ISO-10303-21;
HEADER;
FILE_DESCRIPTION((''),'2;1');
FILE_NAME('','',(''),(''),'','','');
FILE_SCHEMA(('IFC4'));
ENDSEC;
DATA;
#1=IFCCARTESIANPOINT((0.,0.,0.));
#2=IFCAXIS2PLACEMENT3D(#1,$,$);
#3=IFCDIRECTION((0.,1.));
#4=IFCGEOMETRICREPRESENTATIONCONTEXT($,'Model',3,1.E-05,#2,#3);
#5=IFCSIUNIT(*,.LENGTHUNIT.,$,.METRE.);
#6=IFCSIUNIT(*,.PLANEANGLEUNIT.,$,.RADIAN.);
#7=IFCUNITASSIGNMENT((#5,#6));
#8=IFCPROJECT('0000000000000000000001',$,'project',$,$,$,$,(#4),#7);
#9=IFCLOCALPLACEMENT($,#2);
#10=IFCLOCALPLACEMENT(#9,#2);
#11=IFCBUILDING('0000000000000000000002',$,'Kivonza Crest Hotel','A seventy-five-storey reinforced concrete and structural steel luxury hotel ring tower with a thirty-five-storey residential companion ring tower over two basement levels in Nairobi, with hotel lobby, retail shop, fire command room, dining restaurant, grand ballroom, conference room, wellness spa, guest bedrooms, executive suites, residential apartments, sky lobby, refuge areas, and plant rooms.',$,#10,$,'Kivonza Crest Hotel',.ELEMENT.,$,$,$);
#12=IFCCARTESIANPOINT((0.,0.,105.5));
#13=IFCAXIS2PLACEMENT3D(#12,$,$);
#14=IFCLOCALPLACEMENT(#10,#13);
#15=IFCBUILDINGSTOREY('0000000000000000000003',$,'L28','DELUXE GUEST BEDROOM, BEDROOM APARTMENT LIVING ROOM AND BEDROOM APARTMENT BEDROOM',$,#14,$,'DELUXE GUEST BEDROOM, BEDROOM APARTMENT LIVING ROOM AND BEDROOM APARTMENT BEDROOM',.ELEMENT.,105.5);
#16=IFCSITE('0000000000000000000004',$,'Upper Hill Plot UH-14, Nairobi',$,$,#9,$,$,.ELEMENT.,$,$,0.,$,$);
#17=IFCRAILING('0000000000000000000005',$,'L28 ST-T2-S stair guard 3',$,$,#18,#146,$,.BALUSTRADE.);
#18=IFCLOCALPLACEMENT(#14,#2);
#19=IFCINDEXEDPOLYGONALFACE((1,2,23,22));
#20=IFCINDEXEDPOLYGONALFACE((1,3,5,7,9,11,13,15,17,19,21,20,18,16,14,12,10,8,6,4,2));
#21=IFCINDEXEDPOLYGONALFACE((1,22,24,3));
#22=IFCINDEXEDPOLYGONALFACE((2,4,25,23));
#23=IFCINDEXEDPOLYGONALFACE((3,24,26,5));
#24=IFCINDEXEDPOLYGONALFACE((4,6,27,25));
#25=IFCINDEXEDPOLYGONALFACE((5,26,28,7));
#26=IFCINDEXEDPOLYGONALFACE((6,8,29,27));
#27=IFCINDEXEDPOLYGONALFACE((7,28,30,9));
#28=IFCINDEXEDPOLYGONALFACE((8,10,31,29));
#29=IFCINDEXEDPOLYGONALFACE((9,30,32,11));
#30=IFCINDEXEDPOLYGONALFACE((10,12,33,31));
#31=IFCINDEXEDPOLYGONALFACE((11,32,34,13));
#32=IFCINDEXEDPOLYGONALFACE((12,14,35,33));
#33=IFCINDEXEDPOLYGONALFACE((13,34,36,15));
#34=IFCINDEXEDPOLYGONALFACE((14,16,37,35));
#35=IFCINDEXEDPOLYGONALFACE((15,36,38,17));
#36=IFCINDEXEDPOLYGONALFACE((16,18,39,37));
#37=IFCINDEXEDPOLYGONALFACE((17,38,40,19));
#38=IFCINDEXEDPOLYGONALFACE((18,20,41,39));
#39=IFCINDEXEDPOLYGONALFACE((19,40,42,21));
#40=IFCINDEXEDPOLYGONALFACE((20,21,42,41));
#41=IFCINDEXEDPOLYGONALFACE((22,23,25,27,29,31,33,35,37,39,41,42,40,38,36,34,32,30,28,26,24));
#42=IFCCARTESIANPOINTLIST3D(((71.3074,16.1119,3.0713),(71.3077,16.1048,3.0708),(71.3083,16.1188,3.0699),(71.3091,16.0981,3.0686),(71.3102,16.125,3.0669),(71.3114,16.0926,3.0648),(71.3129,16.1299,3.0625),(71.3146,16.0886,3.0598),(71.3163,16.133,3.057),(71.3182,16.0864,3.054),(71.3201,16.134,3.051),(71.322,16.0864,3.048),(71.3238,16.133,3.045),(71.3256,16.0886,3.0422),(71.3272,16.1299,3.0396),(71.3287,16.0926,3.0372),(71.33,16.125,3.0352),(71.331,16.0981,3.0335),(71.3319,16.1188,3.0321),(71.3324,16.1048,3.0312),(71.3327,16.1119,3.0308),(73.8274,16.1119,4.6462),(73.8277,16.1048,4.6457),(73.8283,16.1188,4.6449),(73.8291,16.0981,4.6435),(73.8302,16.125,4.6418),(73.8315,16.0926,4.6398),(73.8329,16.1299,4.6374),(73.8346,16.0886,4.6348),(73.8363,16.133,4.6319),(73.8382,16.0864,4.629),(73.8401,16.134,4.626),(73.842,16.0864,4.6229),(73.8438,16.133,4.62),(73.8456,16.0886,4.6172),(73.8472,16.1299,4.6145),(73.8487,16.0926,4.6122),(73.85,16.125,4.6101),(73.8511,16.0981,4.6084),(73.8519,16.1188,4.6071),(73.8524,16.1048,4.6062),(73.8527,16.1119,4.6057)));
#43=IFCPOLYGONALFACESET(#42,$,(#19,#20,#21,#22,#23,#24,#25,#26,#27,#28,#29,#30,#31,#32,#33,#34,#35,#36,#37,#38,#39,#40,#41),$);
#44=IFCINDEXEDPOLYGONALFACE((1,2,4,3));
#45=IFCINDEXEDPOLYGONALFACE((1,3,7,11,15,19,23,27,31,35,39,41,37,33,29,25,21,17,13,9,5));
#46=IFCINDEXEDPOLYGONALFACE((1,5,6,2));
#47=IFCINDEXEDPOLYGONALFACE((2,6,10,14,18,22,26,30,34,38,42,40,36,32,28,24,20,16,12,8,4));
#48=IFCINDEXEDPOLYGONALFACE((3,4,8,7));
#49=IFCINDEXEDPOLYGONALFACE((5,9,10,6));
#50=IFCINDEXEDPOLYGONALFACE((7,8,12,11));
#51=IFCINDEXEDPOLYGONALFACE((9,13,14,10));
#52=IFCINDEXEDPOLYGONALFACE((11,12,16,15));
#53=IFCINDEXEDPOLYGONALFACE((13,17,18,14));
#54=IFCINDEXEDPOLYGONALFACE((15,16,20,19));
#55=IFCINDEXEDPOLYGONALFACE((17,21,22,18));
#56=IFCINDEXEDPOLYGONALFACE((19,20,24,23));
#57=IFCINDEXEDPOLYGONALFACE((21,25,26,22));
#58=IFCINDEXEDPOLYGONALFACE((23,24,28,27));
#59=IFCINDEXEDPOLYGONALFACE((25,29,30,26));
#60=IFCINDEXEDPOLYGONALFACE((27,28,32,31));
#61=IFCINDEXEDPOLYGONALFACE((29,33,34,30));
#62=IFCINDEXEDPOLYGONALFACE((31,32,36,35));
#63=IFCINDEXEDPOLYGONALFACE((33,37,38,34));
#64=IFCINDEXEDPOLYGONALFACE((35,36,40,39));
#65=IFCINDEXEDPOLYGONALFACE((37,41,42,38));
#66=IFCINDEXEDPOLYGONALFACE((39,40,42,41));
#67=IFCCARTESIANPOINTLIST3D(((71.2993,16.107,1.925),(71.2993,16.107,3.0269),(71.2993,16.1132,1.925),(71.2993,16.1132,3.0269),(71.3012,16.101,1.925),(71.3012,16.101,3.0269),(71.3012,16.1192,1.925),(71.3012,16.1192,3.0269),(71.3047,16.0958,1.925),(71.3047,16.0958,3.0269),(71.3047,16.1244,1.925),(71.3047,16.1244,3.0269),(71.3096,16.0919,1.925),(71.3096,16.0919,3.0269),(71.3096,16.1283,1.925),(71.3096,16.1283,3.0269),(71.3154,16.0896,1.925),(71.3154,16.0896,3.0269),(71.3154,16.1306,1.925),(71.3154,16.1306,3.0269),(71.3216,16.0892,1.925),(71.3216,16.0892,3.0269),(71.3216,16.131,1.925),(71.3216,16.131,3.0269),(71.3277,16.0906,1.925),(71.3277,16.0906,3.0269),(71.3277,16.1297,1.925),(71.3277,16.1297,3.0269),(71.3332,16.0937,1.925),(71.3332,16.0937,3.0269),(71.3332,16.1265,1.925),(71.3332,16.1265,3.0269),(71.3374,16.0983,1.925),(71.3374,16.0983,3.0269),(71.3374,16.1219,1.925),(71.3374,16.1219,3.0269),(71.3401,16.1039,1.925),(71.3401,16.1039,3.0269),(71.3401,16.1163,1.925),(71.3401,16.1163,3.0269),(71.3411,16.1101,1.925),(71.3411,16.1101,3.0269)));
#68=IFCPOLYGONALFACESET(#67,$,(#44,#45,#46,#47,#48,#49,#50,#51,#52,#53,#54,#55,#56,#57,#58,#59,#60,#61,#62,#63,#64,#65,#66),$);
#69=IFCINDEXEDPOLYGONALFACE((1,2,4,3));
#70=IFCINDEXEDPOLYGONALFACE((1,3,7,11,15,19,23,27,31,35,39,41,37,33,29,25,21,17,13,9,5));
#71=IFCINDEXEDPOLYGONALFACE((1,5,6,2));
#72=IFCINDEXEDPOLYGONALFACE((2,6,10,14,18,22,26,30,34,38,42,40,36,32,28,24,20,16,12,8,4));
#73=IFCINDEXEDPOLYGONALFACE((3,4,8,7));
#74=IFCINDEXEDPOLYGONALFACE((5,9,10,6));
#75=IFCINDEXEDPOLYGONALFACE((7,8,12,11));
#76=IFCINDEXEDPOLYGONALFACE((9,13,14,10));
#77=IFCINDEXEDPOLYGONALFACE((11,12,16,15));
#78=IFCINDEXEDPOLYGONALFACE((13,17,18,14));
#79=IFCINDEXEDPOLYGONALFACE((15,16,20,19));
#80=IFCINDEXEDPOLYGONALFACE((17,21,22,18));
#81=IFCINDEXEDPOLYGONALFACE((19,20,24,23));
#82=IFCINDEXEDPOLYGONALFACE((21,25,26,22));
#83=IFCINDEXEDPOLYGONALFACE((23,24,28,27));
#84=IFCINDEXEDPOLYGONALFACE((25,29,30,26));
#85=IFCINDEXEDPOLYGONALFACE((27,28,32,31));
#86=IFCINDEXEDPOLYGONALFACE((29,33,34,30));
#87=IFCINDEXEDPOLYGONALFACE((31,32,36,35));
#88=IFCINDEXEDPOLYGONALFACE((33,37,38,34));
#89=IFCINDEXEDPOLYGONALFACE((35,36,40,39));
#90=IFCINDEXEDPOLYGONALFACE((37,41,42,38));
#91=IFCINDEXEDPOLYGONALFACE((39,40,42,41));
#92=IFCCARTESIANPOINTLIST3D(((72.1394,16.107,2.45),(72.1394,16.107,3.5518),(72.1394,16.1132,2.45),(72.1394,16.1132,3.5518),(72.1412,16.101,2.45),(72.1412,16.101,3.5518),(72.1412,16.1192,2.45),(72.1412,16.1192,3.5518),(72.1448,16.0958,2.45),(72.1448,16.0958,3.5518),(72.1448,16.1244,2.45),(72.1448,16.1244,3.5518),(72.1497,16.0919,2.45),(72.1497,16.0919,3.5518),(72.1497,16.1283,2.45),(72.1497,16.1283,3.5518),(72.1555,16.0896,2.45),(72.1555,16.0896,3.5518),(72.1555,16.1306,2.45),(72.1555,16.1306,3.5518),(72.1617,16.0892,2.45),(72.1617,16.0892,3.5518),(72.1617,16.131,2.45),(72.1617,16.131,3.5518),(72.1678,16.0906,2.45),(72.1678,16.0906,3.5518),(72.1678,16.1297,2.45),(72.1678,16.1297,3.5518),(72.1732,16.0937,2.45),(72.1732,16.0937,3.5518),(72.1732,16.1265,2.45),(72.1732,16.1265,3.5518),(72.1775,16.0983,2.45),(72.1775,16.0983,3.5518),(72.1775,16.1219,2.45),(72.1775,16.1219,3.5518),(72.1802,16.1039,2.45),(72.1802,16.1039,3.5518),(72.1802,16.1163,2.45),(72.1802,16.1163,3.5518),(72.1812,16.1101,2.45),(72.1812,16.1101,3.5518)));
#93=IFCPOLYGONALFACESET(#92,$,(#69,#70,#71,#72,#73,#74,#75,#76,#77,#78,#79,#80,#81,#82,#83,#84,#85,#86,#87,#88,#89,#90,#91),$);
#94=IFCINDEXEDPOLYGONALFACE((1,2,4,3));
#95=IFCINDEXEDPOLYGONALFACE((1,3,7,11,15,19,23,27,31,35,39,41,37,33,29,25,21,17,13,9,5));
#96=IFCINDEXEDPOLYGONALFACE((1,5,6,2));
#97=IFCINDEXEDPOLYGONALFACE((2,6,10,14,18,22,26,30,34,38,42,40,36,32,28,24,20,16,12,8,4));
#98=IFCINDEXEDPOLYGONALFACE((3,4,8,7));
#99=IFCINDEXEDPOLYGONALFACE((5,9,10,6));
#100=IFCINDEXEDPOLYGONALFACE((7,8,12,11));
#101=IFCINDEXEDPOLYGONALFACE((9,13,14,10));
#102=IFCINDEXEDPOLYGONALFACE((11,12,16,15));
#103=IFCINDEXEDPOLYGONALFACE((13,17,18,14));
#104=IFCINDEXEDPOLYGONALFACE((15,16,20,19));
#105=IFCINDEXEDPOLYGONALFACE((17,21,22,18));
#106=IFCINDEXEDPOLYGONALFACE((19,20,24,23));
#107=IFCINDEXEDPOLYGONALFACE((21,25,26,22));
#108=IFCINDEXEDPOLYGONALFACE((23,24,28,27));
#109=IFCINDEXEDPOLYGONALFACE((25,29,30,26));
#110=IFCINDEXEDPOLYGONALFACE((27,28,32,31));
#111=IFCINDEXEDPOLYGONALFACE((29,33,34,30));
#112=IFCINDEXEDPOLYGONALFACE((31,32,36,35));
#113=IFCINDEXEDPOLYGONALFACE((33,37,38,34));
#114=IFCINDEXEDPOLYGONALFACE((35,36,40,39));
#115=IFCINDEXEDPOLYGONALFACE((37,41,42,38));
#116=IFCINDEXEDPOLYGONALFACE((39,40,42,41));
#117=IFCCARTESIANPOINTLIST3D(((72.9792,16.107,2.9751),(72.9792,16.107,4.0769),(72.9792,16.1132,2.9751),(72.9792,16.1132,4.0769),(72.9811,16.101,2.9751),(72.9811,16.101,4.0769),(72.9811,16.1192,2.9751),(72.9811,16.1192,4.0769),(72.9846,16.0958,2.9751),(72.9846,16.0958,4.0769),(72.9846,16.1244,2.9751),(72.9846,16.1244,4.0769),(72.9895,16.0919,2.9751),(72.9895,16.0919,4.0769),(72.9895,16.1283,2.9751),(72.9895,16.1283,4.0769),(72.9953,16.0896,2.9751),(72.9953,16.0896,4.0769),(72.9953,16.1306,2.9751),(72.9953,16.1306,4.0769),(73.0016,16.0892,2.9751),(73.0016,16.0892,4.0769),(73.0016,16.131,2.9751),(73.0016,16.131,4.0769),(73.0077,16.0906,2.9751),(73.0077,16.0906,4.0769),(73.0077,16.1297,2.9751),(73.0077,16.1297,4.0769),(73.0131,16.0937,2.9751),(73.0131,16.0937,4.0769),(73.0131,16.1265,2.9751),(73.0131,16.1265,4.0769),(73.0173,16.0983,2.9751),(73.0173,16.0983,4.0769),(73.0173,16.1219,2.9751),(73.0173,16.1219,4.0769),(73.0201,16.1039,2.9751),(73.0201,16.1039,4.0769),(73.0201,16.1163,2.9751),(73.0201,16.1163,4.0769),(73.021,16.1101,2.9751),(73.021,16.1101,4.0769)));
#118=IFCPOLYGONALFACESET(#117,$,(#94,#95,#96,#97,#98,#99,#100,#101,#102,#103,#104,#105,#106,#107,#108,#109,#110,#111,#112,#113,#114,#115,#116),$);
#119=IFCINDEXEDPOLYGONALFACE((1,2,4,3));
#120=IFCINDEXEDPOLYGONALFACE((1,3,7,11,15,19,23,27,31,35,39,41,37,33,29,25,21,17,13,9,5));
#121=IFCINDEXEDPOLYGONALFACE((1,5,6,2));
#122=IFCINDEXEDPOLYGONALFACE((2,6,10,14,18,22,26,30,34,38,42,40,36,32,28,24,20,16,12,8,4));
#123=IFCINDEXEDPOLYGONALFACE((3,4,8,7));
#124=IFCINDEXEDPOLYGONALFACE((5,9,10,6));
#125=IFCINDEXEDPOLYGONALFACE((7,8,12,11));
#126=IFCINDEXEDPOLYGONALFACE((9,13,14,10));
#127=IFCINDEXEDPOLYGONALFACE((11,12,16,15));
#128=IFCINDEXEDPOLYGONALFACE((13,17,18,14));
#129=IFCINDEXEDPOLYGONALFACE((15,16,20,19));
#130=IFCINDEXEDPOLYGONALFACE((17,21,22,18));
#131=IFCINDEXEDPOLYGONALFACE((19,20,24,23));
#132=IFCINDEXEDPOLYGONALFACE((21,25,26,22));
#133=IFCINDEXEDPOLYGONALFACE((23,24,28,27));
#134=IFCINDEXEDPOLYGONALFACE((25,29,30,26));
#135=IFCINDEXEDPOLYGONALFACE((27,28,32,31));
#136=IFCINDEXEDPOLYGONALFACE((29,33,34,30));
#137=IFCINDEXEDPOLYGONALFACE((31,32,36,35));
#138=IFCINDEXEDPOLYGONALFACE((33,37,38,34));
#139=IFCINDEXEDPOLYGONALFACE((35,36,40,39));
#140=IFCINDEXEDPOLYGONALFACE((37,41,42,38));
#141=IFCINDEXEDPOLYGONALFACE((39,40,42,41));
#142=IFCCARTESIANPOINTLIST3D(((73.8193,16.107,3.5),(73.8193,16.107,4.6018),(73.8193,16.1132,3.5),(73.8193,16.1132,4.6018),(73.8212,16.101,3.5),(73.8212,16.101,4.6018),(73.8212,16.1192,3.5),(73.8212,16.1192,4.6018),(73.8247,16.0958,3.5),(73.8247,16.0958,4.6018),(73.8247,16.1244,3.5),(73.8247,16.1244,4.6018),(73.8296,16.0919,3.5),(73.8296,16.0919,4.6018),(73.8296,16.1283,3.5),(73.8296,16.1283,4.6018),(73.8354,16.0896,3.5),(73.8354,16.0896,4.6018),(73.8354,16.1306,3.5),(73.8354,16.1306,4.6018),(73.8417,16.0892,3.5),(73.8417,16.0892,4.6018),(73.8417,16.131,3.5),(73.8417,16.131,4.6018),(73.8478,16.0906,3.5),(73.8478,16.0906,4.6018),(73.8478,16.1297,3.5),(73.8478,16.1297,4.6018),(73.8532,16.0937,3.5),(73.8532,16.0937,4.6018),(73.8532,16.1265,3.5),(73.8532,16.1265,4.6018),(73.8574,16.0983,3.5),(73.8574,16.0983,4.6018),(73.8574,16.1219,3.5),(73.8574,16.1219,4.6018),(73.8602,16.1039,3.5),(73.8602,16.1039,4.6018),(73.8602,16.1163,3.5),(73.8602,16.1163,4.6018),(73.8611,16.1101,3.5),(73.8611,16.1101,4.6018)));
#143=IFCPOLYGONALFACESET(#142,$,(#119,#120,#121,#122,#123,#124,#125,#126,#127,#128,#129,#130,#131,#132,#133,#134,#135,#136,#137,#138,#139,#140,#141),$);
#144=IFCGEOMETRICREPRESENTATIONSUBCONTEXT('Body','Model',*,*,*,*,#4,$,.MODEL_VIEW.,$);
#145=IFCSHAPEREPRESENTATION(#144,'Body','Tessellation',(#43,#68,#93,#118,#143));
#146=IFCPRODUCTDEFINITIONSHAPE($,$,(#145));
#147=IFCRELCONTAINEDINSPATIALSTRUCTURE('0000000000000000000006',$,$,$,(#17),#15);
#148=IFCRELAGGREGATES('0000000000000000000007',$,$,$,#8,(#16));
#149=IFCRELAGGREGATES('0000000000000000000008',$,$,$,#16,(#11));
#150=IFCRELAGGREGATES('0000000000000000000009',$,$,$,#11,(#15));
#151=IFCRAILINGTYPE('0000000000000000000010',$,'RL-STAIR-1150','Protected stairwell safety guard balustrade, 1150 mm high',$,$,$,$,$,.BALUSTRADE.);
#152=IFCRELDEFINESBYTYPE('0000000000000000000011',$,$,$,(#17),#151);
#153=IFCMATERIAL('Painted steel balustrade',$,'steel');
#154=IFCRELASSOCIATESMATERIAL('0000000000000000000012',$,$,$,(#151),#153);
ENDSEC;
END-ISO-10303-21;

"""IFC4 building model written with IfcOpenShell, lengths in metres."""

from ifc_helpers import new_model, si_unit, direction, frame, origin, origin_2d, place, context, subcontext, project, spatial, circle, extrude, material, type_object, element, save


model = new_model("IFC4")

# Units and contexts
model_context = context("Model", 3, precision=1e-05, world=origin(), true_north=direction((0.0, 1.0)))
body_context = subcontext(model_context, "Body", "Model", "MODEL_VIEW")
ifc_project = project(units=[si_unit("LENGTHUNIT", "METRE"), si_unit("PLANEANGLEUNIT", "RADIAN")], contexts=[model_context])

# Site, building, storey
site_placement = place(None, origin())
site = spatial("IfcSite", under=ifc_project, at=site_placement, Name="Upper Hill Plot UH-14, Nairobi", CompositionType="ELEMENT", RefElevation=0.0)
building_placement = place(site_placement, origin())
building = spatial("IfcBuilding", under=site, at=building_placement, Name="Kivonza Crest Hotel", Description="A seventy-five-storey reinforced concrete and structural steel luxury hotel ring tower with a thirty-five-storey residential companion ring tower over two basement levels in Nairobi, with hotel lobby, retail shop, fire command room, dining restaurant, grand ballroom, conference room, wellness spa, guest bedrooms, executive suites, residential apartments, sky lobby, refuge areas, and plant rooms.", LongName="Kivonza Crest Hotel", CompositionType="ELEMENT")
storey_placement = place(building_placement, frame((0.0, 0.0, 105.5)))
storey = spatial("IfcBuildingStorey", under=building, at=storey_placement, Name="L28", Description="DELUXE GUEST BEDROOM, BEDROOM APARTMENT LIVING ROOM AND BEDROOM APARTMENT BEDROOM", LongName="DELUXE GUEST BEDROOM, BEDROOM APARTMENT LIVING ROOM AND BEDROOM APARTMENT BEDROOM", CompositionType="ELEMENT", Elevation=105.5)

# Railing
ifc_material_1 = material(Name="Painted steel balustrade", Category="steel")
railing_type_1 = type_object("IfcRailingType", Name="RL-STAIR-1150", Description="Protected stairwell safety guard balustrade, 1150 mm high", PredefinedType="BALUSTRADE", material=ifc_material_1)
railing_1_placement = place(storey_placement, frame((71.3201, 16.1101, 1.925)))
element("IfcRailing", 1, at=railing_1_placement, inside=storey, type_object=railing_type_1, Name="L28 ST-T2-S stair guard 3", PredefinedType="BALUSTRADE", context=body_context, shape_type="SweptSolid", body=[
    extrude(circle(Radius=0.0239, at=origin_2d()), frame((0.0, 0.0, 1.126), z_axis=(0.848008, 0.0, 0.529984), x_axis=(0.0, 1.0, 0.0)), (0.0, 0.0, 1.0), 2.9717),
    extrude(circle(Radius=0.021, at=origin_2d()), origin(), (0.0, 0.0, 1.0), 1.1018),
    extrude(circle(Radius=0.021, at=origin_2d()), frame((0.8401, 0.0, 0.5249)), (0.0, 0.0, 1.0), 1.1018),
    extrude(circle(Radius=0.021, at=origin_2d()), frame((1.6799, 0.0, 1.05)), (0.0, 0.0, 1.0), 1.1018),
    extrude(circle(Radius=0.021, at=origin_2d()), frame((2.52, 0.0, 1.575)), (0.0, 0.0, 1.0), 1.1018),
])

save(model, "model.ifc")
